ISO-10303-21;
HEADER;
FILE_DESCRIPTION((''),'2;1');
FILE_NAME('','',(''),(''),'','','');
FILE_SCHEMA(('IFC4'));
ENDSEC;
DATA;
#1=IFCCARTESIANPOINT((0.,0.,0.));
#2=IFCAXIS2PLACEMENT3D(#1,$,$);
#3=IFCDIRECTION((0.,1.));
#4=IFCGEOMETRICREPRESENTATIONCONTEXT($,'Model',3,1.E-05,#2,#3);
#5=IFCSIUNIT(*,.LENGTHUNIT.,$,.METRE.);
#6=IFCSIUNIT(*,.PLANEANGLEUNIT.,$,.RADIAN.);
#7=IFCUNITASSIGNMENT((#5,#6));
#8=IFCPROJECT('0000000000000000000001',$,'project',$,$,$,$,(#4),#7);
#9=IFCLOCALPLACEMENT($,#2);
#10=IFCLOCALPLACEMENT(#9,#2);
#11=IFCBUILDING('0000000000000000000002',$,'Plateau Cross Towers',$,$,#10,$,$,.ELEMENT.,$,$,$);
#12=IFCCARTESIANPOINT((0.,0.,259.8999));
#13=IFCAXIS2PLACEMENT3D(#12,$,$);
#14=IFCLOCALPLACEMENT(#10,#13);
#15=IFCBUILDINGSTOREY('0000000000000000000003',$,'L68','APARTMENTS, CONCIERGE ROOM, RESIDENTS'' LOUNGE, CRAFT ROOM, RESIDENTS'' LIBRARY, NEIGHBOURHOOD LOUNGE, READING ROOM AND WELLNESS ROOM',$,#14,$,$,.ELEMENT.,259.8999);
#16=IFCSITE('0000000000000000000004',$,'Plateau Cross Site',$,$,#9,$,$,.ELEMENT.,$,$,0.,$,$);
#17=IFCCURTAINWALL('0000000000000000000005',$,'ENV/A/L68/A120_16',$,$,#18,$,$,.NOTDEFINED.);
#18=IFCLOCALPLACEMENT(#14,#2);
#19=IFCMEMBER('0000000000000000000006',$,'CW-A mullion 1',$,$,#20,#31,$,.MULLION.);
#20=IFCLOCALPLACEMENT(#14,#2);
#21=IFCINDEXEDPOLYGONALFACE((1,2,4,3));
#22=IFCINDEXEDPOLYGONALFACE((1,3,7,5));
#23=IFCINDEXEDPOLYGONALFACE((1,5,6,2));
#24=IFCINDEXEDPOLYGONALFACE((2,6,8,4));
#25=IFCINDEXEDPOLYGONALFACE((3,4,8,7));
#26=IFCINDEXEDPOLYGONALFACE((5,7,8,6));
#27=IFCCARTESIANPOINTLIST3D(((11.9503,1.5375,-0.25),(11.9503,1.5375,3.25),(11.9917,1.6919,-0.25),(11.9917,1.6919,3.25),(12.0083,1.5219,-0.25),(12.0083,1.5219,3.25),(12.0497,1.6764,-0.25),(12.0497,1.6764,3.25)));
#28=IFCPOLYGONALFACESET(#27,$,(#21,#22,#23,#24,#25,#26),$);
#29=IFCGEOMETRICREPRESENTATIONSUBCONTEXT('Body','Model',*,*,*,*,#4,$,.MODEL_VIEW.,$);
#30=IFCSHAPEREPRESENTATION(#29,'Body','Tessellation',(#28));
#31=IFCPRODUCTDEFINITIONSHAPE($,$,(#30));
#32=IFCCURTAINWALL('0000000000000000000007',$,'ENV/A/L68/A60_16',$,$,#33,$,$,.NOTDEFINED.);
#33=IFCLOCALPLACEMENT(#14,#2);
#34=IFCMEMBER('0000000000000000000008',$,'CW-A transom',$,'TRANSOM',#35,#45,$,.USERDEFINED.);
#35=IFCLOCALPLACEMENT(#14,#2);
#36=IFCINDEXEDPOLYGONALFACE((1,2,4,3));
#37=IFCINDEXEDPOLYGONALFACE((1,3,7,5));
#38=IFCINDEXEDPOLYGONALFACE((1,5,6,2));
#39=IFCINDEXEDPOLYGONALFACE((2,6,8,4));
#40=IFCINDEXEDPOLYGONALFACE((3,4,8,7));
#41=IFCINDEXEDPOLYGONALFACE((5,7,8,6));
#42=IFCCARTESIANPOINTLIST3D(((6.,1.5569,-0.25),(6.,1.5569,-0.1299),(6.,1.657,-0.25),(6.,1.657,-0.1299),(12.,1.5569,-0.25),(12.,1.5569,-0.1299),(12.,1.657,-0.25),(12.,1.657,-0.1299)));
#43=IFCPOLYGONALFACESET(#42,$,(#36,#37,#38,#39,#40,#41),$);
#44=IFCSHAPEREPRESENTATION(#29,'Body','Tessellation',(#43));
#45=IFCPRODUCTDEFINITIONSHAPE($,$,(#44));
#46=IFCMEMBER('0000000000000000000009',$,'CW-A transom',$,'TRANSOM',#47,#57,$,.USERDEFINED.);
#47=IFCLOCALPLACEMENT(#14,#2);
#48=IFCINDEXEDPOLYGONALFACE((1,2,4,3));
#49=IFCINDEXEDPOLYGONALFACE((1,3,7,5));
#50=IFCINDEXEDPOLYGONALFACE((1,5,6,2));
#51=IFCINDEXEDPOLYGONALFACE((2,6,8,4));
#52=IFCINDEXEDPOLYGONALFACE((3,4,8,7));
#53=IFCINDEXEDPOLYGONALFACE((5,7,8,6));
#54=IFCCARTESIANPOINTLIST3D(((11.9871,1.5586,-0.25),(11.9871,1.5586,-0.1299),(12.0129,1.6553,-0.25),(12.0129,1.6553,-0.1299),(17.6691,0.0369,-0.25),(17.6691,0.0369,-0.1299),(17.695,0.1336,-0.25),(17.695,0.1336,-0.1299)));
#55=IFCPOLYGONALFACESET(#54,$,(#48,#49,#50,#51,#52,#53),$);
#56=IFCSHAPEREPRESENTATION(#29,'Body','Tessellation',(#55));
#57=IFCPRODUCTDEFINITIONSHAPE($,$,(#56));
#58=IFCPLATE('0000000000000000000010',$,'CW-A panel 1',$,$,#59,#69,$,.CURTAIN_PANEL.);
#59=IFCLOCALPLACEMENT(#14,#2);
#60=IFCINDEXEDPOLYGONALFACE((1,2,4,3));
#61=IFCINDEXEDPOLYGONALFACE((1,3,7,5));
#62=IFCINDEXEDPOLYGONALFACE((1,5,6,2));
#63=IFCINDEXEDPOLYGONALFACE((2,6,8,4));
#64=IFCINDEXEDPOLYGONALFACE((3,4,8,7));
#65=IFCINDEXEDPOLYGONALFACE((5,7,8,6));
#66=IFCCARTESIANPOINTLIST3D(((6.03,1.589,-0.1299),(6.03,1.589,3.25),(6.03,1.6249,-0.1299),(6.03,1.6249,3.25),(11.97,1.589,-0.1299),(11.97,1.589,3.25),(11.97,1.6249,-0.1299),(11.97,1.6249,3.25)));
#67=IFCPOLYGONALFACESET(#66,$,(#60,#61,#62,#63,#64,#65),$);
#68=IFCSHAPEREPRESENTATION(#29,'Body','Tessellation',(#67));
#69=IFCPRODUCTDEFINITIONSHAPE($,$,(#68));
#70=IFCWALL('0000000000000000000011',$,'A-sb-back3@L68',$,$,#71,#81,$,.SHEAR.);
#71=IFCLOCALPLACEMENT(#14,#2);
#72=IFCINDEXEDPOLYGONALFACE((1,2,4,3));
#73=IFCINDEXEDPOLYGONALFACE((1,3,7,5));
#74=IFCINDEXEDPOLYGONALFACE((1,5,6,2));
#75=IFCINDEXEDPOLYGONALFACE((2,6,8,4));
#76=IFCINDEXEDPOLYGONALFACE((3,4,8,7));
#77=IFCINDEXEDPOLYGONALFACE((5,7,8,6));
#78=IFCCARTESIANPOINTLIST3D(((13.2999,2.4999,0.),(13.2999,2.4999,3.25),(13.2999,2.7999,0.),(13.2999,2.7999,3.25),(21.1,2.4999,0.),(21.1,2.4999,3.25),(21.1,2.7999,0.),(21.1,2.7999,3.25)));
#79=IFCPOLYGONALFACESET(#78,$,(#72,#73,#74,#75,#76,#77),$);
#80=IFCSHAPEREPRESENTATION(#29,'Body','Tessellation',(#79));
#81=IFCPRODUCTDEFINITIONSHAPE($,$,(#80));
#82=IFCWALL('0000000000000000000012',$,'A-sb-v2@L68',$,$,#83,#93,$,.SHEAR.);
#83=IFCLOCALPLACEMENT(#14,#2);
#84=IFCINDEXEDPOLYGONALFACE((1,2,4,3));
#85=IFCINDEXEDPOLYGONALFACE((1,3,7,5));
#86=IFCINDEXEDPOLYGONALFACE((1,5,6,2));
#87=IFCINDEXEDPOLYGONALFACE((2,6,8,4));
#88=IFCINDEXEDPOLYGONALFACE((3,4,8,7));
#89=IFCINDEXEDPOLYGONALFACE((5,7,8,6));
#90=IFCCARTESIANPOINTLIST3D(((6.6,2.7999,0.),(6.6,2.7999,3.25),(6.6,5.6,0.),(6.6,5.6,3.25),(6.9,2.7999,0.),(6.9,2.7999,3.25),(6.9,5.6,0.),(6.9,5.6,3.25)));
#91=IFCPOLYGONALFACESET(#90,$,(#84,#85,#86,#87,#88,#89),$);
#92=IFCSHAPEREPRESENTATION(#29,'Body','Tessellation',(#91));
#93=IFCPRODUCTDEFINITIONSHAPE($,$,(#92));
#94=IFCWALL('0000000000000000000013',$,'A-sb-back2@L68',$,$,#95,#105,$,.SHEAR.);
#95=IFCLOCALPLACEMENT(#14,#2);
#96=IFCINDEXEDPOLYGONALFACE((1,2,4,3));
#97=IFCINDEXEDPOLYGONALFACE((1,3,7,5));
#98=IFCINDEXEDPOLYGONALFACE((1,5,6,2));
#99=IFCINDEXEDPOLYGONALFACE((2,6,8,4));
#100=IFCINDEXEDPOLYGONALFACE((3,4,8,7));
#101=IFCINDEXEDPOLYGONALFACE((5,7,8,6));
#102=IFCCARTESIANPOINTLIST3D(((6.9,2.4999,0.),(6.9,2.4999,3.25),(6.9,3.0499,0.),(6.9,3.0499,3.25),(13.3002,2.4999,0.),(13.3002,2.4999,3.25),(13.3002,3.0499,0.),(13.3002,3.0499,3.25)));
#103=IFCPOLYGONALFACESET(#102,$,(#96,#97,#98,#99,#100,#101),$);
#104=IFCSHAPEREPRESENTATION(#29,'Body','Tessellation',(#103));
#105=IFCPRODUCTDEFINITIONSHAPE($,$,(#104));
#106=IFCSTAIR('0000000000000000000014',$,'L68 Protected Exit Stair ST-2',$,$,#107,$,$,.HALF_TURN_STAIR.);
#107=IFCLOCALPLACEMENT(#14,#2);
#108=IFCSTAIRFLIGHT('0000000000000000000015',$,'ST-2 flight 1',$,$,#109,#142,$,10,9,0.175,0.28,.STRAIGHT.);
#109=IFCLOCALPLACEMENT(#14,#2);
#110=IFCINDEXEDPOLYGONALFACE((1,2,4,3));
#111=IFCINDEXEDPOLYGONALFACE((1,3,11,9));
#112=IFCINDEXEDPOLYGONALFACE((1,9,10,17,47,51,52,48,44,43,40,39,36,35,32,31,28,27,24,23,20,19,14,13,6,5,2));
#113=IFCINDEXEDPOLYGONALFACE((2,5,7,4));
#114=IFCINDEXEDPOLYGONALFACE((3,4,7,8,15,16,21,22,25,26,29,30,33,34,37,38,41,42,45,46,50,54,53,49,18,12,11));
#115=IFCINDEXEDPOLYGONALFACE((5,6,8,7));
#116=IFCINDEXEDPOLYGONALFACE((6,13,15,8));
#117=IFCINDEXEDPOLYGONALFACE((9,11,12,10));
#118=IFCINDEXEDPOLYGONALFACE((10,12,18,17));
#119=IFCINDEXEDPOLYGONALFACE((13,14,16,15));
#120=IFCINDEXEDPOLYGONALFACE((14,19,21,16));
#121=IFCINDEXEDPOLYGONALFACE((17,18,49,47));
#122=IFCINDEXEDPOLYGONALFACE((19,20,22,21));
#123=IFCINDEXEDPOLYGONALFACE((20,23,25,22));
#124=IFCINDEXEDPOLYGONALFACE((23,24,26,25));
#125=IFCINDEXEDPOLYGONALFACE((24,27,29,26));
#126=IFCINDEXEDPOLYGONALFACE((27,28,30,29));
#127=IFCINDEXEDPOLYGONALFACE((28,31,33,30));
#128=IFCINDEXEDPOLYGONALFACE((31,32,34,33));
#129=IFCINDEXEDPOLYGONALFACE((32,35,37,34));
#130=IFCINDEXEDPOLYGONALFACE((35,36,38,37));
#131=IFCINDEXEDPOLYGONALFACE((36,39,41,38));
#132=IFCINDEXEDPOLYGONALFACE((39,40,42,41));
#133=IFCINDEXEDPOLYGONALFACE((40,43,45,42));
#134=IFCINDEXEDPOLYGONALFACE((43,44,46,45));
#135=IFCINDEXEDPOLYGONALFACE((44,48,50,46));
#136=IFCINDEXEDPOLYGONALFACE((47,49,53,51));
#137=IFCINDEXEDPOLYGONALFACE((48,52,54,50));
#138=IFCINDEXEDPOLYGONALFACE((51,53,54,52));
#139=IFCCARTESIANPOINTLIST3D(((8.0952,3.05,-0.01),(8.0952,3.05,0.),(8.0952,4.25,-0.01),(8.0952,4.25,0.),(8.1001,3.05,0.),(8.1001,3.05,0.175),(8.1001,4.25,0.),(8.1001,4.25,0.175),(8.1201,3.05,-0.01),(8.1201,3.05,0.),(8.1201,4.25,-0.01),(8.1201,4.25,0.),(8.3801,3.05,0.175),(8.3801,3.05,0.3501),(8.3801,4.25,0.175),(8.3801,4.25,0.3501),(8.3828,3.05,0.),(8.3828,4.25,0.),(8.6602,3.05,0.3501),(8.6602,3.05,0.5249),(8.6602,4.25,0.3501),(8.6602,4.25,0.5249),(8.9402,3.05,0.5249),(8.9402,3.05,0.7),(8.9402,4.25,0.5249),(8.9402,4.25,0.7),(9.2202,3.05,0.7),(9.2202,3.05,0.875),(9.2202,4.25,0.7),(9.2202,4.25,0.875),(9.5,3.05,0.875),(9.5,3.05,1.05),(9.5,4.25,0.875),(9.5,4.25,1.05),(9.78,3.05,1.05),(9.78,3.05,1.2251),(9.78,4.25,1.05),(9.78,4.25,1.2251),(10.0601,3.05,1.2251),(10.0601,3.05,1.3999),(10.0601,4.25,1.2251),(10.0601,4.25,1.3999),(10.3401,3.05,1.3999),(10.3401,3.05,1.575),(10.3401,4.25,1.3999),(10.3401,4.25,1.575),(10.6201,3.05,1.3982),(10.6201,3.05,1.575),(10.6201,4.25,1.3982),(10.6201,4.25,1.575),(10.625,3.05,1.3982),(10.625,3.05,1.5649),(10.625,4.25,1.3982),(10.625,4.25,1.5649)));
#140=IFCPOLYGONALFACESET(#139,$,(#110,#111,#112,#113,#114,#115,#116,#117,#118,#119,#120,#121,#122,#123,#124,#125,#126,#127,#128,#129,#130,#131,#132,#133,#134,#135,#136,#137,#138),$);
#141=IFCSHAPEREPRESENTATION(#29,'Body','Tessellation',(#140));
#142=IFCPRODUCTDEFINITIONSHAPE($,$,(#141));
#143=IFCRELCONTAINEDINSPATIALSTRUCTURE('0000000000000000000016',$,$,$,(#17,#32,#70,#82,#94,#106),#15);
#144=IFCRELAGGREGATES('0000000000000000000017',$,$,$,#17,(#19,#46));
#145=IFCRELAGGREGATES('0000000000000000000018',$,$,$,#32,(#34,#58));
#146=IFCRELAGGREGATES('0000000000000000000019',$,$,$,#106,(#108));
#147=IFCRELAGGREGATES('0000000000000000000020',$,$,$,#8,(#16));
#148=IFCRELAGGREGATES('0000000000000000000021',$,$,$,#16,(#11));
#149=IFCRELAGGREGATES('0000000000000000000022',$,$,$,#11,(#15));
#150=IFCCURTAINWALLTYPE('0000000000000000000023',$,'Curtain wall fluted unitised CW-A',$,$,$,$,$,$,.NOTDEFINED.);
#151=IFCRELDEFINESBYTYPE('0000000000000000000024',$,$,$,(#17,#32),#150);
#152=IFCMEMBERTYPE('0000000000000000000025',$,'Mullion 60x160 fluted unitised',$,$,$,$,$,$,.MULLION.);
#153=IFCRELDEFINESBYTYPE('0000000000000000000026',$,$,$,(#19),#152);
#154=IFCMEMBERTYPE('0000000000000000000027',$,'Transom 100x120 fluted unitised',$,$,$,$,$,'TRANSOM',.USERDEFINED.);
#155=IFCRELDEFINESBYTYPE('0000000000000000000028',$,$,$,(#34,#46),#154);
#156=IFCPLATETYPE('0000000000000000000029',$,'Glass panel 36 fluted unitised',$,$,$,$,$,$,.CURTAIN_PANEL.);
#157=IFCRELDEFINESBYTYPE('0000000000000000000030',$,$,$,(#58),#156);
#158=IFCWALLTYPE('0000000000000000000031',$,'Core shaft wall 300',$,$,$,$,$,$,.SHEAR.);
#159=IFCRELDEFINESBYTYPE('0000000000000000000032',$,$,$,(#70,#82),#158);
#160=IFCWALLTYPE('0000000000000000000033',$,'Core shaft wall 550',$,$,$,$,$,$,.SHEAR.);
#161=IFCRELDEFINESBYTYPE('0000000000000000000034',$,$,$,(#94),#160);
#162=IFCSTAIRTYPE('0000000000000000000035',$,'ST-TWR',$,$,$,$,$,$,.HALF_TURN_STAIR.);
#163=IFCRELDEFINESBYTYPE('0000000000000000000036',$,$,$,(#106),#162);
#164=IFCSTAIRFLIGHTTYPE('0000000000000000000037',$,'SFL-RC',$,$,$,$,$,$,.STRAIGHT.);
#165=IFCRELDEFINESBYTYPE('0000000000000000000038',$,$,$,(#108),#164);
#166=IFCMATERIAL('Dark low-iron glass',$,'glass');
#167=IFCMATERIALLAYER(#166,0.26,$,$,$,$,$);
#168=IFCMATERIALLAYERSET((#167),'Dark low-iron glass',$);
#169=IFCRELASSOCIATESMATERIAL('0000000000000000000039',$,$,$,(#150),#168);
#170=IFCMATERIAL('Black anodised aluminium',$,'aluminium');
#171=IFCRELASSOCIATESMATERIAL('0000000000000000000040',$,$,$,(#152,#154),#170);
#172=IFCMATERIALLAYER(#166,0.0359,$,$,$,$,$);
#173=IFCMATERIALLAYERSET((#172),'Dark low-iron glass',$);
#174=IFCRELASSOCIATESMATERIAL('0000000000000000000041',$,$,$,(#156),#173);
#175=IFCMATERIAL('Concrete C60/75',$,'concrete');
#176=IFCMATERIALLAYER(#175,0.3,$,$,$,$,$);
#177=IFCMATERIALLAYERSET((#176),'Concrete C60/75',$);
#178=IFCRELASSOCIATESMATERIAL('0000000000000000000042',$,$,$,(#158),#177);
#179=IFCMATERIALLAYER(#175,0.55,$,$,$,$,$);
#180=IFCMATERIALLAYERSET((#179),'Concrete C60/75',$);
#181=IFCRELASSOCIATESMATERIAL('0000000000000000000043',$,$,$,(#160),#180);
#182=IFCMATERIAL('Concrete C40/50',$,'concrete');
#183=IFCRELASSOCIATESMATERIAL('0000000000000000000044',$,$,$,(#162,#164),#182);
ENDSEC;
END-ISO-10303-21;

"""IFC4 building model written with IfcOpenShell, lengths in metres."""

from ifc_helpers import new_model, si_unit, direction, frame, frame_2d, origin, origin_2d, place, context, subcontext, project, spatial, polyline, rectangle, outline, extrude, material, layer, layer_set, material_profile, profile_set, type_object, element, aggregate, save


model = new_model("IFC4")

# Units and contexts
model_context = context("Model", 3, precision=1e-05, world=origin(), true_north=direction((0.0, 1.0)))
body_context = subcontext(model_context, "Body", "Model", "MODEL_VIEW")
ifc_project = project(units=[si_unit("LENGTHUNIT", "METRE"), si_unit("PLANEANGLEUNIT", "RADIAN")], contexts=[model_context])

# Site, building, storey
site_placement = place(None, origin())
site = spatial("IfcSite", under=ifc_project, at=site_placement, Name="Plateau Cross Site", CompositionType="ELEMENT", RefElevation=0.0)
building_placement = place(site_placement, origin())
building = spatial("IfcBuilding", under=site, at=building_placement, Name="Plateau Cross Towers", CompositionType="ELEMENT")
storey_placement = place(building_placement, frame((0.0, 0.0, 259.8999)))
storey = spatial("IfcBuildingStorey", under=building, at=storey_placement, Name="L68", Description="APARTMENTS, CONCIERGE ROOM, RESIDENTS' LOUNGE, CRAFT ROOM, RESIDENTS' LIBRARY, NEIGHBOURHOOD LOUNGE, READING ROOM AND WELLNESS ROOM", CompositionType="ELEMENT", Elevation=259.8999)

# Curtain walls, members
ifc_material_1 = material(Name="Dark low-iron glass", Category="glass")
ifc_layer_1 = layer(ifc_material_1, 0.26)
ifc_layer_set_1 = layer_set([ifc_layer_1], Name="Dark low-iron glass")
curtain_wall_type = type_object("IfcCurtainWallType", Name="Curtain wall fluted unitised CW-A", PredefinedType="NOTDEFINED", material=ifc_layer_set_1)
curtain_wall_1_placement = place(storey_placement, origin())
curtain_wall_1 = element("IfcCurtainWall", 1, at=curtain_wall_1_placement, inside=storey, type_object=curtain_wall_type, Name="ENV/A/L68/A120_16", PredefinedType="NOTDEFINED")
ifc_material_2 = material(Name="Black anodised aluminium", Category="aluminium")
ifc_material_profile_1 = material_profile(ifc_material_2, rectangle(XDim=0.0601, YDim=0.1599, at=origin_2d()), Name="MULLION 60x160")
ifc_profile_set_1 = profile_set([ifc_material_profile_1], Name="Black anodised aluminium")
member_type_1 = type_object("IfcMemberType", Name="Mullion 60x160 fluted unitised", PredefinedType="MULLION", material=ifc_profile_set_1)
member_1_placement = place(storey_placement, frame((12.0, 1.6069, -0.25), z_axis=(0.0, 0.0, 1.0), x_axis=(0.965958, -0.258699, 0.0)))
member_1 = element("IfcMember", 2, at=member_1_placement, type_object=member_type_1, Name="CW-A mullion 1", PredefinedType="MULLION", context=body_context, shape_type="SweptSolid", body=[
    extrude(rectangle(XDim=0.0601, YDim=0.1599, at=origin_2d()), origin(), (0.0, 0.0, 1.0), 3.5),
])
curtain_wall_2_placement = place(storey_placement, origin())
curtain_wall_2 = element("IfcCurtainWall", 3, at=curtain_wall_2_placement, inside=storey, type_object=curtain_wall_type, Name="ENV/A/L68/A60_16", PredefinedType="NOTDEFINED")
ifc_material_profile_2 = material_profile(ifc_material_2, rectangle(XDim=0.1001, YDim=0.1201, at=origin_2d()), Name="TRANSOM 100x120")
ifc_profile_set_2 = profile_set([ifc_material_profile_2], Name="Black anodised aluminium")
member_type_2 = type_object("IfcMemberType", Name="Transom 100x120 fluted unitised", ElementType="TRANSOM", PredefinedType="USERDEFINED", material=ifc_profile_set_2)
member_2_placement = place(storey_placement, frame((6.0, 1.6069, -0.1899), z_axis=(1.0, 0.0, 0.0), x_axis=(0.0, 1.0, 0.0)))
member_2 = element("IfcMember", 4, at=member_2_placement, type_object=member_type_2, Name="CW-A transom", ObjectType="TRANSOM", PredefinedType="USERDEFINED", context=body_context, shape_type="SweptSolid", body=[
    extrude(rectangle(XDim=0.1001, YDim=0.1201, at=origin_2d()), origin(), (0.0, 0.0, 1.0), 6.0),
])

# Member
member_3_placement = place(storey_placement, frame((12.0, 1.6069, -0.1899), z_axis=(0.96596, -0.258693, 0.0), x_axis=(0.258693, 0.96596, 0.0)))
member_3 = element("IfcMember", 5, at=member_3_placement, type_object=member_type_2, Name="CW-A transom", ObjectType="TRANSOM", PredefinedType="USERDEFINED", context=body_context, shape_type="SweptSolid", body=[
    extrude(rectangle(XDim=0.1001, YDim=0.1201, at=origin_2d()), origin(), (0.0, 0.0, 1.0), 5.8823),
])
aggregate(curtain_wall_1, [member_1, member_3])

# Plate
ifc_layer_2 = layer(ifc_material_1, 0.0359)
ifc_layer_set_2 = layer_set([ifc_layer_2], Name="Dark low-iron glass")
plate_type = type_object("IfcPlateType", Name="Glass panel 36 fluted unitised", PredefinedType="CURTAIN_PANEL", material=ifc_layer_set_2)
plate_placement = place(storey_placement, frame((9.0, 1.6069, -0.1299), z_axis=(0.0, 0.0, 1.0), x_axis=(1.0, 0.0, 0.0)))
plate = element("IfcPlate", 6, at=plate_placement, type_object=plate_type, Name="CW-A panel 1", PredefinedType="CURTAIN_PANEL", context=body_context, shape_type="SweptSolid", body=[
    extrude(rectangle(XDim=5.9399, YDim=0.0359, at=origin_2d()), origin(), (0.0, 0.0, 1.0), 3.3799),
])
aggregate(curtain_wall_2, [member_2, plate])

# Walls
ifc_material_3 = material(Name="Concrete C60/75", Category="concrete")
ifc_layer_3 = layer(ifc_material_3, 0.3)
ifc_layer_set_3 = layer_set([ifc_layer_3], Name="Concrete C60/75")
wall_type_1 = type_object("IfcWallType", Name="Core shaft wall 300", PredefinedType="SHEAR", material=ifc_layer_set_3)
wall_1_placement = place(storey_placement, frame((13.3, 2.6499, 0.0), z_axis=(0.0, 0.0, 1.0), x_axis=(1.0, 0.0, 0.0)))
element("IfcWall", 7, at=wall_1_placement, inside=storey, type_object=wall_type_1, Name="A-sb-back3@L68", PredefinedType="SHEAR", context=body_context, shape_type="SweptSolid", body=[
    extrude(rectangle(XDim=7.8, YDim=0.3, at=frame_2d((3.8999, 0.0))), origin(), (0.0, 0.0, 1.0), 3.25),
])
wall_2_placement = place(storey_placement, frame((6.75, 2.8, 0.0), z_axis=(0.0, 0.0, 1.0), x_axis=(0.0, 1.0, 0.0)))
element("IfcWall", 8, at=wall_2_placement, inside=storey, type_object=wall_type_1, Name="A-sb-v2@L68", PredefinedType="SHEAR", context=body_context, shape_type="SweptSolid", body=[
    extrude(rectangle(XDim=2.8, YDim=0.3, at=frame_2d((1.3999, 0.0))), origin(), (0.0, 0.0, 1.0), 3.25),
])
ifc_layer_4 = layer(ifc_material_3, 0.55)
ifc_layer_set_4 = layer_set([ifc_layer_4], Name="Concrete C60/75")
wall_type_2 = type_object("IfcWallType", Name="Core shaft wall 550", PredefinedType="SHEAR", material=ifc_layer_set_4)
wall_3_placement = place(storey_placement, frame((6.8999, 2.7749, 0.0), z_axis=(0.0, 0.0, 1.0), x_axis=(1.0, 0.0, 0.0)))
element("IfcWall", 9, at=wall_3_placement, inside=storey, type_object=wall_type_2, Name="A-sb-back2@L68", PredefinedType="SHEAR", context=body_context, shape_type="SweptSolid", body=[
    extrude(rectangle(XDim=6.4001, YDim=0.55, at=frame_2d((3.2002, 0.0))), origin(), (0.0, 0.0, 1.0), 3.25),
])

# Stair, stair flight
ifc_material_4 = material(Name="Concrete C40/50", Category="concrete")
stair_type = type_object("IfcStairType", Name="ST-TWR", PredefinedType="HALF_TURN_STAIR", material=ifc_material_4)
stair_placement = place(storey_placement, origin())
stair = element("IfcStair", 10, at=stair_placement, inside=storey, type_object=stair_type, Name="L68 Protected Exit Stair ST-2", PredefinedType="HALF_TURN_STAIR")
stair_flight_type = type_object("IfcStairFlightType", Name="SFL-RC", PredefinedType="STRAIGHT", material=ifc_material_4)
stair_flight_placement = place(storey_placement, frame((8.1001, 3.6499, 0.0), z_axis=(0.0, 0.0, 1.0), x_axis=(1.0, 0.0, 0.0)))
stair_flight = element("IfcStairFlight", 11, at=stair_flight_placement, type_object=stair_flight_type, Name="ST-2 flight 1", NumberOfRisers=10, NumberOfTreads=9, PredefinedType="STRAIGHT", RiserHeight=0.175, TreadLength=0.28, context=body_context, shape_type="SweptSolid", body=[
    extrude(outline(polyline([(-0.0049, -0.01), (-0.0049, 0.0), (0.0, 0.0), (0.0, 0.175), (0.28, 0.175), (0.28, 0.3501), (0.5601, 0.3501), (0.5601, 0.5249), (0.8401, 0.5249), (0.8401, 0.7), (1.1201, 0.7), (1.1201, 0.875), (1.3999, 0.875), (1.3999, 1.05), (1.6799, 1.05), (1.6799, 1.2251), (1.96, 1.2251), (1.96, 1.3999), (2.24, 1.3999), (2.24, 1.575), (2.52, 1.575), (2.5249, 1.5649), (2.5249, 1.3982), (2.52, 1.3982), (0.2827, 0.0), (0.02, 0.0), (0.02, -0.01), (-0.0049, -0.01)])), frame((0.0, 0.6001, 0.0), z_axis=(0.0, -1.0, 0.0), x_axis=(1.0, 0.0, 0.0)), (0.0, 0.0, 1.0), 1.2),
])
aggregate(stair, [stair_flight])

save(model, "model.ifc")
